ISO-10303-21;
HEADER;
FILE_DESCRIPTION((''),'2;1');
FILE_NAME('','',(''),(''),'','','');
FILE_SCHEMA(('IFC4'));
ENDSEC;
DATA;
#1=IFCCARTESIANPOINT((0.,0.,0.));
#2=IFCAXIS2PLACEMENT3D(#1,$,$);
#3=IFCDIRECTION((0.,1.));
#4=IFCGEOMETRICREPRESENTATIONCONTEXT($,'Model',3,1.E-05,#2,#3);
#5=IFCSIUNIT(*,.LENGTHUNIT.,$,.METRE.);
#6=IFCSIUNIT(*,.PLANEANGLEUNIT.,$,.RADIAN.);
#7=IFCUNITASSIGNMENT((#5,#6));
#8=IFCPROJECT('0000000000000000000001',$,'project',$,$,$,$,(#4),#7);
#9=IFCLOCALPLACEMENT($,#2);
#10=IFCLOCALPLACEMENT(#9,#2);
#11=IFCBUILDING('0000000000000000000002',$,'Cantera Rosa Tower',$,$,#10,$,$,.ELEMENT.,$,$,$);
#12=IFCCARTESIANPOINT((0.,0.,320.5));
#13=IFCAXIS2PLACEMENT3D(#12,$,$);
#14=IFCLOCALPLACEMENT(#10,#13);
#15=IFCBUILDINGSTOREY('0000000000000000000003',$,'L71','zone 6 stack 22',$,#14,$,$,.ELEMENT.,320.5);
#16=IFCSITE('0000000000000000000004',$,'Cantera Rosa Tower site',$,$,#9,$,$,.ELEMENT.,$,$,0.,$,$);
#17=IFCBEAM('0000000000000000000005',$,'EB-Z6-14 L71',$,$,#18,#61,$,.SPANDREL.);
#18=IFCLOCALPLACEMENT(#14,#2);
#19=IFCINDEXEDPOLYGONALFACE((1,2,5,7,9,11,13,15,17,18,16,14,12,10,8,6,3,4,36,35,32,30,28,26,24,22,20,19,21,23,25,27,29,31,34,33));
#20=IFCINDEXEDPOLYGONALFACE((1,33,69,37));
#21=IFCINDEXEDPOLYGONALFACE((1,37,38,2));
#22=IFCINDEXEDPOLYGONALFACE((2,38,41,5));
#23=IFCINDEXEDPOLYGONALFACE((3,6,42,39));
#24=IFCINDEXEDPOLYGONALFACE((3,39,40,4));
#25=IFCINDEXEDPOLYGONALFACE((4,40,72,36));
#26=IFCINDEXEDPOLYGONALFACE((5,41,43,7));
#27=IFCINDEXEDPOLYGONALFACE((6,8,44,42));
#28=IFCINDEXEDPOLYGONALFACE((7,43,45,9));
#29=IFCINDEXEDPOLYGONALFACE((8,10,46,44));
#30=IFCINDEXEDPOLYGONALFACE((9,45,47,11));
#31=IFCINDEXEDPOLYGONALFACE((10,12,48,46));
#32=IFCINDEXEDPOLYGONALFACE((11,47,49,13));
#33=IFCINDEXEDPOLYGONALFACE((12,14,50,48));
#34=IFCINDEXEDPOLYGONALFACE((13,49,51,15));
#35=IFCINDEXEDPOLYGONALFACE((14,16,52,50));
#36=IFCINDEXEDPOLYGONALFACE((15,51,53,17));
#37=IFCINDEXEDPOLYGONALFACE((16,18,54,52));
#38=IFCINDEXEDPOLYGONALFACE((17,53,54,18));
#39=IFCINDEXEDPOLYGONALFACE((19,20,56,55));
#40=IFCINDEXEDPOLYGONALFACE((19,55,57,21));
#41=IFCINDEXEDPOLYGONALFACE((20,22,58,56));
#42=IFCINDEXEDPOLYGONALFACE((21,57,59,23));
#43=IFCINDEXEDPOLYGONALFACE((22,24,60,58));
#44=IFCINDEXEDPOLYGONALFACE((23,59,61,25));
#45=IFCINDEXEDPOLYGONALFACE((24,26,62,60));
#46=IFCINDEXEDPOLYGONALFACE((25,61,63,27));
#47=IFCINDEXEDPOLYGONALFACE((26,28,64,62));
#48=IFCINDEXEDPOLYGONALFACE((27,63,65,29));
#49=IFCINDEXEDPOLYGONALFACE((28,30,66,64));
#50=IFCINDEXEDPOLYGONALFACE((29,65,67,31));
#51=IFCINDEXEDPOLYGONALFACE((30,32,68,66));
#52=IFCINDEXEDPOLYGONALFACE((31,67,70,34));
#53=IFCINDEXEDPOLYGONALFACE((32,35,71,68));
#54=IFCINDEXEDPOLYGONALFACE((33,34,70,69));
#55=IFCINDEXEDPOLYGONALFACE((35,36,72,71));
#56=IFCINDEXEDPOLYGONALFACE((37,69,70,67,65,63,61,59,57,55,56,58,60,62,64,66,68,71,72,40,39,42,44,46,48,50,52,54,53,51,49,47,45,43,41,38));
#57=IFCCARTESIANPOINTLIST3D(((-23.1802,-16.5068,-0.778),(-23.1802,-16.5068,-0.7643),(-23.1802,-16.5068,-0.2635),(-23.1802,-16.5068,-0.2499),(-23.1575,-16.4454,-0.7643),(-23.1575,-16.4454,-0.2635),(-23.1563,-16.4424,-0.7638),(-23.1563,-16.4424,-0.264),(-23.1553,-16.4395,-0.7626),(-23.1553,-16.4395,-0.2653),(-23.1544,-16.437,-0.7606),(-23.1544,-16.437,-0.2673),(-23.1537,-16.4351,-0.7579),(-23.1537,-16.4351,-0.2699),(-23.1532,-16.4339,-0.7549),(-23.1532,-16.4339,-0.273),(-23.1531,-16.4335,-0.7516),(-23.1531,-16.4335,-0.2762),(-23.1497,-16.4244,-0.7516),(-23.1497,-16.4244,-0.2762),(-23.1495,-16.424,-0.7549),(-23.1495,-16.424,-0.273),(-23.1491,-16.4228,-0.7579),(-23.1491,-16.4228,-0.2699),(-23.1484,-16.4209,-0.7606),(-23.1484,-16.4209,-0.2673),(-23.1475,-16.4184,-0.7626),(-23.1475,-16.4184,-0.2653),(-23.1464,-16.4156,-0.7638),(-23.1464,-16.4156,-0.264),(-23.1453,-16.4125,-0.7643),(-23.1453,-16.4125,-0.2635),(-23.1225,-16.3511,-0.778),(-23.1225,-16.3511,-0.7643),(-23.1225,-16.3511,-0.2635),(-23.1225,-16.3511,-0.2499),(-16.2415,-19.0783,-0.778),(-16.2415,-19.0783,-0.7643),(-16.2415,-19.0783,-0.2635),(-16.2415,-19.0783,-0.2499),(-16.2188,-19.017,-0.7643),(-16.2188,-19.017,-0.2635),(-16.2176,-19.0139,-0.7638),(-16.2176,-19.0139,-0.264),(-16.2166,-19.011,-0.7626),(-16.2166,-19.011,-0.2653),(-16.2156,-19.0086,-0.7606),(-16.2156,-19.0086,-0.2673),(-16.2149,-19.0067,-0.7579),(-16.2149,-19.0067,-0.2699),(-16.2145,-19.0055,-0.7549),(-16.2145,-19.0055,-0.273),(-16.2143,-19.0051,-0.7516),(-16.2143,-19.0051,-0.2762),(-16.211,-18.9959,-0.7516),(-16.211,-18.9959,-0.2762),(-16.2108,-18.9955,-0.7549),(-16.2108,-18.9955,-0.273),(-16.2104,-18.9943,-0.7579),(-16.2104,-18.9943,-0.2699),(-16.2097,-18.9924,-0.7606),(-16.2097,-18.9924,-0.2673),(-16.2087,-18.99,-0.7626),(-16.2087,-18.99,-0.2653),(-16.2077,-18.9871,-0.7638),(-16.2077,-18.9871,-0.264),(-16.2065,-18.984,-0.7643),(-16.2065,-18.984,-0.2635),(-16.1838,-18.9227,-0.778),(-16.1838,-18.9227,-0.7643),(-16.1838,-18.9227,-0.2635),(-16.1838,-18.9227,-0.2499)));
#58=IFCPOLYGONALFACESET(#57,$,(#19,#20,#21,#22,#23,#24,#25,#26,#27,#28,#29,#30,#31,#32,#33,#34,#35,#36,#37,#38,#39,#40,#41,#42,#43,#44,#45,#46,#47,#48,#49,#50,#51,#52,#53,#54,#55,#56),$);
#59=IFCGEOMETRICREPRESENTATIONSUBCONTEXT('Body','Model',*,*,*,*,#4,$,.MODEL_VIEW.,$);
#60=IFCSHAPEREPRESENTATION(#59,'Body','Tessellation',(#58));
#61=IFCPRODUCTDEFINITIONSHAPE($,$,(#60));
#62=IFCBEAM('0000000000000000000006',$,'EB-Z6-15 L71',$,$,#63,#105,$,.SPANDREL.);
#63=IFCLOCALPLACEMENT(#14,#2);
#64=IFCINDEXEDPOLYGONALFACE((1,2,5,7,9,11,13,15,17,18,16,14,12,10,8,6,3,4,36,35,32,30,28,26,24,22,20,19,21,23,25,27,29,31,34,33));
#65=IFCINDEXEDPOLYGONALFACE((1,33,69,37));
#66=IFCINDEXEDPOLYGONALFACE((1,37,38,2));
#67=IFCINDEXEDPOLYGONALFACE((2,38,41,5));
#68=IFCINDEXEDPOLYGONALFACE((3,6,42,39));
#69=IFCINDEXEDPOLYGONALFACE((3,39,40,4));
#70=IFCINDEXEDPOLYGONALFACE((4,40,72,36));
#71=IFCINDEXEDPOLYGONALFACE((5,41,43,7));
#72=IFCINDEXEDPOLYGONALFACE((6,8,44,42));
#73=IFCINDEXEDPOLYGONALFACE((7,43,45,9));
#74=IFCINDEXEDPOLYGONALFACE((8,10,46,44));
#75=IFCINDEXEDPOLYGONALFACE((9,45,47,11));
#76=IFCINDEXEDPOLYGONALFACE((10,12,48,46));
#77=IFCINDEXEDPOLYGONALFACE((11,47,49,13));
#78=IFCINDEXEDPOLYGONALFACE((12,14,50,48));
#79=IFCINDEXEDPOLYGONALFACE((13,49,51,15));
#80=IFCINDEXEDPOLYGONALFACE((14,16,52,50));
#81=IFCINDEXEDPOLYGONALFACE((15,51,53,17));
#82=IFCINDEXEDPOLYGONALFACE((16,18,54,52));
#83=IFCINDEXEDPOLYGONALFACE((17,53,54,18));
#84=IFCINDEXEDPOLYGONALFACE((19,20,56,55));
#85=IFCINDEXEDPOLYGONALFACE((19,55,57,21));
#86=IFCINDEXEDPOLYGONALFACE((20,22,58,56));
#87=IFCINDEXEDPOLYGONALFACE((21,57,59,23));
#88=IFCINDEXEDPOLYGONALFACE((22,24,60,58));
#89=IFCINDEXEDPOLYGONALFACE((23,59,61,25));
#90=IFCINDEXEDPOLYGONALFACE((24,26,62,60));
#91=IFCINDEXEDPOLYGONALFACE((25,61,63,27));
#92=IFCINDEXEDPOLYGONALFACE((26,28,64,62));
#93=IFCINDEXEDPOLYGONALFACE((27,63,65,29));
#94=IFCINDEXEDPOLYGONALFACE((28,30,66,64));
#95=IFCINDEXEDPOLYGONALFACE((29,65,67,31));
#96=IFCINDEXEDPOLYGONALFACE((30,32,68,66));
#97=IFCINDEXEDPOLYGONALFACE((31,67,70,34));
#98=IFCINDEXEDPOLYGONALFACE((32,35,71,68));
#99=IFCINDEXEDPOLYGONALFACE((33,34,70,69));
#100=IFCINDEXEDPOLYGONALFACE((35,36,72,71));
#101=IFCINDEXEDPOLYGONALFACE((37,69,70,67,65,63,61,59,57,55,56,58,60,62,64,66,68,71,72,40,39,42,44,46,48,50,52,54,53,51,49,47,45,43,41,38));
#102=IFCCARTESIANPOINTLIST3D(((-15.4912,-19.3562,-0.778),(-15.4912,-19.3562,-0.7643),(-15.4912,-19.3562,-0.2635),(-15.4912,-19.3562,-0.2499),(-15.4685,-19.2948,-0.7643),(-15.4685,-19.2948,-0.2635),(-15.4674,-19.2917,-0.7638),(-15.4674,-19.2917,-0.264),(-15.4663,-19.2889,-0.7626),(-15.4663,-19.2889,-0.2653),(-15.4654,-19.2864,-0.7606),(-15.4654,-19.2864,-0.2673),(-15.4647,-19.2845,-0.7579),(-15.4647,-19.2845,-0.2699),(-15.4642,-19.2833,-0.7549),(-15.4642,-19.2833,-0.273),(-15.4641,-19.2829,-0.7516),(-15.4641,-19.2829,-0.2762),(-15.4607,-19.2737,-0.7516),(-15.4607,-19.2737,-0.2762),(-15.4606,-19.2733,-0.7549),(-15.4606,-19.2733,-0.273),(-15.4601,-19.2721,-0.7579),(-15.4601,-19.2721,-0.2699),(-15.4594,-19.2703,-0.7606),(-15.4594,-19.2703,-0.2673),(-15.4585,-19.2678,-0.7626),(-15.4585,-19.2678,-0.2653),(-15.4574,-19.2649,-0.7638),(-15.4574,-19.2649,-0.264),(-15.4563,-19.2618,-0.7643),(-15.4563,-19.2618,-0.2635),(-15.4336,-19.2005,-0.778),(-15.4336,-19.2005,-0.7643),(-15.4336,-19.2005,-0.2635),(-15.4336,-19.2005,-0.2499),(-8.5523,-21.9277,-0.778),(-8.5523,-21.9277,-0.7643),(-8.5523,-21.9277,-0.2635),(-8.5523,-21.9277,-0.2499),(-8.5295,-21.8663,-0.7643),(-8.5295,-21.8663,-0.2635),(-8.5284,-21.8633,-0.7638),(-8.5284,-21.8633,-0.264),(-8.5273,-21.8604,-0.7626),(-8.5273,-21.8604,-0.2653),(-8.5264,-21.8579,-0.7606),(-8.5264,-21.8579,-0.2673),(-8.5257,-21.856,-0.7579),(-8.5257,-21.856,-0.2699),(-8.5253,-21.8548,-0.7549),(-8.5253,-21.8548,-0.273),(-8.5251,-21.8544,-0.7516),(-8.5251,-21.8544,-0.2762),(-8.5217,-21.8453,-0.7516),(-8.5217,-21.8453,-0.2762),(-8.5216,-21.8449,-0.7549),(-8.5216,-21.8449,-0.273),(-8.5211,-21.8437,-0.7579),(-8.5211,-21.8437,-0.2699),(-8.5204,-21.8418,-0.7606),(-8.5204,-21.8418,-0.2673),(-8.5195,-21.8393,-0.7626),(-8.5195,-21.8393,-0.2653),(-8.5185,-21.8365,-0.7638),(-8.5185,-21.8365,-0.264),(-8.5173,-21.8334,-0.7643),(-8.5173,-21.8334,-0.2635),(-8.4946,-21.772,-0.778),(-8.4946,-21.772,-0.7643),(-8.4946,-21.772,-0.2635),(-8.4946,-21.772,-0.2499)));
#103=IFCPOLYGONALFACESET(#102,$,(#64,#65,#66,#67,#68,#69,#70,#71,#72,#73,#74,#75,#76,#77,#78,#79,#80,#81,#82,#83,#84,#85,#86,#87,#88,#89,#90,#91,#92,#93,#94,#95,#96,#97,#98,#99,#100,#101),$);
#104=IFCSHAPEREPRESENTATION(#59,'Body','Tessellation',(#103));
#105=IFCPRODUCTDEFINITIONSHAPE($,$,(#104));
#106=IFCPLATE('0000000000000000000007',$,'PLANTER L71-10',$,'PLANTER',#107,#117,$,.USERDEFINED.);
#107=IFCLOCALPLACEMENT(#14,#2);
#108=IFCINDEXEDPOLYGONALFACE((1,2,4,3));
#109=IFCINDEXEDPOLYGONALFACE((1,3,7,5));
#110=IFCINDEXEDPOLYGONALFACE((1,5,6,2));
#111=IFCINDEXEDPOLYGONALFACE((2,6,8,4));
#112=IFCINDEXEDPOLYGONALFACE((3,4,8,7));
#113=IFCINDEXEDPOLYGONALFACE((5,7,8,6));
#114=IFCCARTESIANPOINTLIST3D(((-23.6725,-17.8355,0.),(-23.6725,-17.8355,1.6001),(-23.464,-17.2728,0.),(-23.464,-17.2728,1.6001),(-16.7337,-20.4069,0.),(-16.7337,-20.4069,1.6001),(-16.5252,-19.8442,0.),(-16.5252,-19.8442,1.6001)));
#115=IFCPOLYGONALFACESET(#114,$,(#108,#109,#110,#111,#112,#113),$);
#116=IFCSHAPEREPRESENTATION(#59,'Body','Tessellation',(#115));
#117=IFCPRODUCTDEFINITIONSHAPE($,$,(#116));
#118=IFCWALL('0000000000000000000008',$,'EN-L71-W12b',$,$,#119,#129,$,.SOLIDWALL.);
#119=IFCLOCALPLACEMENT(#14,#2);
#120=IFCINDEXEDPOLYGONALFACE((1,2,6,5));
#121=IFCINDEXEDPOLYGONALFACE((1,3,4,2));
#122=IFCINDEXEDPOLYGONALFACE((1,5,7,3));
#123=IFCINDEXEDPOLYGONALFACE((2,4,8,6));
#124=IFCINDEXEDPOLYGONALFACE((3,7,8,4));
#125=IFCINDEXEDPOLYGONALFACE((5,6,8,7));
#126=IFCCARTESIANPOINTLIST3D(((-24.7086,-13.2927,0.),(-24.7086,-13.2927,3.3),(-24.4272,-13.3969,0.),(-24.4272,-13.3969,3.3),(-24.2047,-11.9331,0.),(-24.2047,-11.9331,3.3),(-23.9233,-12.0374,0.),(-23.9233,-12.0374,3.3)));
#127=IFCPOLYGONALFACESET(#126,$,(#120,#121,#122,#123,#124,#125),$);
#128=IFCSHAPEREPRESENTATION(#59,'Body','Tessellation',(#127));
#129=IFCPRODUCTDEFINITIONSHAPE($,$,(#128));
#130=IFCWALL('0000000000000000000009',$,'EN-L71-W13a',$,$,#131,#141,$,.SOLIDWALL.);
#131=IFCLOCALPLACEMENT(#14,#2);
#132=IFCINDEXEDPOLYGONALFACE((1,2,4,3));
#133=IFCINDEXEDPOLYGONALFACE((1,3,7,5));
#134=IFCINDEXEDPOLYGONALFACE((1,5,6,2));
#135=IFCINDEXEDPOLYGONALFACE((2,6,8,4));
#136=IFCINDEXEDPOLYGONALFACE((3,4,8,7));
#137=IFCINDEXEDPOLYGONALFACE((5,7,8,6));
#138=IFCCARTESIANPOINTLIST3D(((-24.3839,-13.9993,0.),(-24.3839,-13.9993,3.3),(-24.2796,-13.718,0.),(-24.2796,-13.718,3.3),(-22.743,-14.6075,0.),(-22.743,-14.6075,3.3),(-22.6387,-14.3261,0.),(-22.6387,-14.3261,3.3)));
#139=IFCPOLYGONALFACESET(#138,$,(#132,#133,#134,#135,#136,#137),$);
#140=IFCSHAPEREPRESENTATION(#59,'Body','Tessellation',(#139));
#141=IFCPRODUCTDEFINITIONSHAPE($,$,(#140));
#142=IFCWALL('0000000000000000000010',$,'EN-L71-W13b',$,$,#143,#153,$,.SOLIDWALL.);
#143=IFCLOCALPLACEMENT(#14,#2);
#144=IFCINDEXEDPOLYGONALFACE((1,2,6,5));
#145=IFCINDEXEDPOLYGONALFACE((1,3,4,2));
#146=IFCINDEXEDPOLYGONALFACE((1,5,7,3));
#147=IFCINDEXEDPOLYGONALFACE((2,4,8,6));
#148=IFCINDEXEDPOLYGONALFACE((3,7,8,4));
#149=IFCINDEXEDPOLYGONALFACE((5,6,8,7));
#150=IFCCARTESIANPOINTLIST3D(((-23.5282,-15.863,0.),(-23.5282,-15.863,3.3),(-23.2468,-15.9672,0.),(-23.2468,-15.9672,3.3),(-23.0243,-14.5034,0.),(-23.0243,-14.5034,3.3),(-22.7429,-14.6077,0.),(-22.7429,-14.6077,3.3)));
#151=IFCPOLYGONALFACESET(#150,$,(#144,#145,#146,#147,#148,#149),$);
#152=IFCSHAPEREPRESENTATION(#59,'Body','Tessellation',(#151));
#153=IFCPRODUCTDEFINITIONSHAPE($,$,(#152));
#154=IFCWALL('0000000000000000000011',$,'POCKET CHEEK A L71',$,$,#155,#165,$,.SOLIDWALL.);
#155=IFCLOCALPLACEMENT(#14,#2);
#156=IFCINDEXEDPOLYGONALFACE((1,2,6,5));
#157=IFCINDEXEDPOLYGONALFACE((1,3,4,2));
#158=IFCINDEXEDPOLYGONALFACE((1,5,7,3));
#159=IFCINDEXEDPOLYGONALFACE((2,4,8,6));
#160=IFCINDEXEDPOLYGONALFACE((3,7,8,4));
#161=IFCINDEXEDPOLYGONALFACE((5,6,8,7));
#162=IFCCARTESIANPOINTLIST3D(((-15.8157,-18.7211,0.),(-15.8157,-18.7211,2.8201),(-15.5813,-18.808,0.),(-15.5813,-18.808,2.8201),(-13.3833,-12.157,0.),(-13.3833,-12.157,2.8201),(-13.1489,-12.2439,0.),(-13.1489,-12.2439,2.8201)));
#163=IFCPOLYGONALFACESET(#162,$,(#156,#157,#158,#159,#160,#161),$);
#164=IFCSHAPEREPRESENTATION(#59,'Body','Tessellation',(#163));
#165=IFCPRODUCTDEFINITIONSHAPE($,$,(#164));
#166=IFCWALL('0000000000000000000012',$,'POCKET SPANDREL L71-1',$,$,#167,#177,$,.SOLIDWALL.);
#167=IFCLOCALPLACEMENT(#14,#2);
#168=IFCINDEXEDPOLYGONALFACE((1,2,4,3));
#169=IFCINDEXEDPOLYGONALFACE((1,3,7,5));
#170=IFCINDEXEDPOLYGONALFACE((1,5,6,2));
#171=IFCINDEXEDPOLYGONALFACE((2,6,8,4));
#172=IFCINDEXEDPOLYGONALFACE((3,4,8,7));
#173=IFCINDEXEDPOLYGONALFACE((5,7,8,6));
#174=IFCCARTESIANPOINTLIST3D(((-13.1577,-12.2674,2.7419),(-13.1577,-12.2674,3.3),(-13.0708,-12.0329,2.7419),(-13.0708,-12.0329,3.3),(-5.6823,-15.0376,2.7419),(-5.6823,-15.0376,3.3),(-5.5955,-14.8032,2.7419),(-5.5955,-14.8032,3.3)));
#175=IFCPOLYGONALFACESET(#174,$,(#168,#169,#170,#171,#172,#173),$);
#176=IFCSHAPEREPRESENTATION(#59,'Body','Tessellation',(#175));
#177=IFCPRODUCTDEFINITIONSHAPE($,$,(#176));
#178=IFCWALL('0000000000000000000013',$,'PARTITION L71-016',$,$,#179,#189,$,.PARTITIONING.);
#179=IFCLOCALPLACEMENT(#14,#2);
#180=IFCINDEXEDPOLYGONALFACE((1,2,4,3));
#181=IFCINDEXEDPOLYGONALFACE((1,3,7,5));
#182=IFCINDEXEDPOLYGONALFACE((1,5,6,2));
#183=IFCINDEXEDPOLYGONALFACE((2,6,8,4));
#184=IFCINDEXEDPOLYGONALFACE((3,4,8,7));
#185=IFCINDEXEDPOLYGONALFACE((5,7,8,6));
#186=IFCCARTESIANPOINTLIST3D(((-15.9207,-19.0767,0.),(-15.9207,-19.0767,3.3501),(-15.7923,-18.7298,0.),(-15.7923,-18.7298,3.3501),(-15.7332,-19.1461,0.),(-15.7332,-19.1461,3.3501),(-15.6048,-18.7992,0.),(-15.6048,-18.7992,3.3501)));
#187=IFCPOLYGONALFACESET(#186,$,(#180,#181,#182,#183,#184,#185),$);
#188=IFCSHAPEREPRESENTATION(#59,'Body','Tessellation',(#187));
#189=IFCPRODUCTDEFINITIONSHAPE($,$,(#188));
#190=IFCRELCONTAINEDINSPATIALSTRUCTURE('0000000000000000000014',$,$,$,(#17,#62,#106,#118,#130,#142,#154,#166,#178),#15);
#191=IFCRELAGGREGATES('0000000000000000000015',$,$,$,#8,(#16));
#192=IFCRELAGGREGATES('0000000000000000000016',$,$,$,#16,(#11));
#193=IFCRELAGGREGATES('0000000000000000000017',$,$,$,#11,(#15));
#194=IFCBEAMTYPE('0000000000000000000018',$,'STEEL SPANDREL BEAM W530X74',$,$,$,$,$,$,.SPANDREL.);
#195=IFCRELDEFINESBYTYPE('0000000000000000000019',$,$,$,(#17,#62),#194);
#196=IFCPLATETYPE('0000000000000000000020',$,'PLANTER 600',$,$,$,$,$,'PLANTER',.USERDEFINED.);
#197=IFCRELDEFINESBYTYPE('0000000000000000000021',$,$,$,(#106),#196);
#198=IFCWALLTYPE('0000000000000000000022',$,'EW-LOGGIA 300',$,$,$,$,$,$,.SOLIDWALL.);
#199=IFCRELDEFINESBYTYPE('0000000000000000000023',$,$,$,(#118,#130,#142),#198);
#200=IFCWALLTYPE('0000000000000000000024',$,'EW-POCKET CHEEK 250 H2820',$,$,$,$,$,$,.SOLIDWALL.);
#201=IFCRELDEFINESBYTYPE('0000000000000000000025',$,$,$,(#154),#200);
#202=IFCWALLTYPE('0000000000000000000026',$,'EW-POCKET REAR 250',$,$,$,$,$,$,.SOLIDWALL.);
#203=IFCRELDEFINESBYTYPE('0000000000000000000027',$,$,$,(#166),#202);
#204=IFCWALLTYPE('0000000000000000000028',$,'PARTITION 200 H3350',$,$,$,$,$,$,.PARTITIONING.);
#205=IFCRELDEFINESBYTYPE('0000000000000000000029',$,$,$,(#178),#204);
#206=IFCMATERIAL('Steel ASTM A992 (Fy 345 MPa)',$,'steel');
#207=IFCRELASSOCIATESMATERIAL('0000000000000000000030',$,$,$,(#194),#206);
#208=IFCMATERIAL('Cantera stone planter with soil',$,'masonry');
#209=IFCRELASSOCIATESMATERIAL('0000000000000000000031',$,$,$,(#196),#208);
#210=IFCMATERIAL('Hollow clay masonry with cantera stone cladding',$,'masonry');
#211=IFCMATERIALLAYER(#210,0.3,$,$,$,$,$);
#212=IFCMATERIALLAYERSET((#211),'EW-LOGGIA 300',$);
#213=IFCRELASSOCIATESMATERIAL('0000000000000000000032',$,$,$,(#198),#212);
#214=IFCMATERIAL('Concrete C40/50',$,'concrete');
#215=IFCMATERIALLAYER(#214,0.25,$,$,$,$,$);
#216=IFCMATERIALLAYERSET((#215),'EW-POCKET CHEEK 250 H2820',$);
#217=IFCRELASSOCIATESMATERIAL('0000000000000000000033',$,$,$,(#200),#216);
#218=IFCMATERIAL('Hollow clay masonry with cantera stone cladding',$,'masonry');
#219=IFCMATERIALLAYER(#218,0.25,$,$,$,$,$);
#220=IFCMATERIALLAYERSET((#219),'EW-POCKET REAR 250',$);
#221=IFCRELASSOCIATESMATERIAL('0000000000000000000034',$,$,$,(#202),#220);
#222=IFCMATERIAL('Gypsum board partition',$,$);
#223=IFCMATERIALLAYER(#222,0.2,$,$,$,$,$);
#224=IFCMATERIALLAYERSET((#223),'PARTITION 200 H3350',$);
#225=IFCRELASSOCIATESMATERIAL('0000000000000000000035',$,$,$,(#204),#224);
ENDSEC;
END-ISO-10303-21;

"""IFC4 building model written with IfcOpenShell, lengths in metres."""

from ifc_helpers import new_model, si_unit, direction, frame, frame_2d, origin, origin_2d, place, context, subcontext, project, spatial, rectangle, i_section, extrude, material, layer, layer_set, material_profile, profile_set, type_object, element, save


model = new_model("IFC4")

# Units and contexts
model_context = context("Model", 3, precision=1e-05, world=origin(), true_north=direction((0.0, 1.0)))
body_context = subcontext(model_context, "Body", "Model", "MODEL_VIEW")
ifc_project = project(units=[si_unit("LENGTHUNIT", "METRE"), si_unit("PLANEANGLEUNIT", "RADIAN")], contexts=[model_context])

# Site, building, storey
site_placement = place(None, origin())
site = spatial("IfcSite", under=ifc_project, at=site_placement, Name="Cantera Rosa Tower site", CompositionType="ELEMENT", RefElevation=0.0)
building_placement = place(site_placement, origin())
building = spatial("IfcBuilding", under=site, at=building_placement, Name="Cantera Rosa Tower", CompositionType="ELEMENT")
storey_placement = place(building_placement, frame((0.0, 0.0, 320.5)))
storey = spatial("IfcBuildingStorey", under=building, at=storey_placement, Name="L71", Description="zone 6 stack 22", CompositionType="ELEMENT", Elevation=320.5)

# Beams
ifc_material_1 = material(Name="Steel ASTM A992 (Fy 345 MPa)", Category="steel")
ifc_material_profile_1 = material_profile(ifc_material_1, i_section(OverallWidth=0.166, OverallDepth=0.5281, WebThickness=0.0098, FlangeThickness=0.0137, FilletRadius=0.0127, at=origin_2d()), Name="W530X74")
ifc_profile_set_1 = profile_set([ifc_material_profile_1], Name="Steel ASTM A992 (Fy 345 MPa)")
beam_type_1 = type_object("IfcBeamType", Name="STEEL SPANDREL BEAM W530X74", PredefinedType="SPANDREL", material=ifc_profile_set_1)
beam_1_placement = place(storey_placement, frame((-23.1514, -16.429, -0.5139), z_axis=(0.937677, -0.347509, 0.0), x_axis=(0.347509, 0.937677, 0.0)))
element("IfcBeam", 1, at=beam_1_placement, inside=storey, type_object=beam_type_1, Name="EB-Z6-14 L71", PredefinedType="SPANDREL", context=body_context, shape_type="SweptSolid", body=[
    extrude(i_section(OverallWidth=0.166, OverallDepth=0.5281, WebThickness=0.0098, FlangeThickness=0.0137, FilletRadius=0.0127, at=origin_2d()), origin(), (0.0, 0.0, 1.0), 7.3999),
])
beam_2_placement = place(storey_placement, frame((-15.4624, -19.2783, -0.5139), z_axis=(0.937681, -0.347498, 0.0), x_axis=(0.347498, 0.937681, 0.0)))
element("IfcBeam", 2, at=beam_2_placement, inside=storey, type_object=beam_type_1, Name="EB-Z6-15 L71", PredefinedType="SPANDREL", context=body_context, shape_type="SweptSolid", body=[
    extrude(i_section(OverallWidth=0.166, OverallDepth=0.5281, WebThickness=0.0098, FlangeThickness=0.0137, FilletRadius=0.0127, at=origin_2d()), origin(), (0.0, 0.0, 1.0), 7.4001),
])

# Plate
ifc_material_2 = material(Name="Cantera stone planter with soil", Category="masonry")
plate_type = type_object("IfcPlateType", Name="PLANTER 600", ElementType="PLANTER", PredefinedType="USERDEFINED", material=ifc_material_2)
plate_placement = place(storey_placement, frame((-20.0989, -18.8398, 0.0), z_axis=(0.0, 0.0, 1.0), x_axis=(0.937687, -0.347481, 0.0)))
element("IfcPlate", 3, at=plate_placement, inside=storey, type_object=plate_type, Name="PLANTER L71-10", ObjectType="PLANTER", PredefinedType="USERDEFINED", context=body_context, shape_type="SweptSolid", body=[
    extrude(rectangle(XDim=7.3999, YDim=0.6001, at=origin_2d()), origin(), (0.0, 0.0, 1.0), 1.6001),
])

# Walls
ifc_material_3 = material(Name="Hollow clay masonry with cantera stone cladding", Category="masonry")
ifc_layer_1 = layer(ifc_material_3, 0.3)
ifc_layer_set_1 = layer_set([ifc_layer_1], Name="EW-LOGGIA 300")
wall_type_1 = type_object("IfcWallType", Name="EW-LOGGIA 300", PredefinedType="SOLIDWALL", material=ifc_layer_set_1)
wall_1_placement = place(storey_placement, frame((-24.064, -11.9851, 0.0), z_axis=(0.0, 0.0, 1.0), x_axis=(-0.347523, -0.937672, 0.0)))
element("IfcWall", 4, at=wall_1_placement, inside=storey, type_object=wall_type_1, Name="EN-L71-W12b", PredefinedType="SOLIDWALL", context=body_context, shape_type="SweptSolid", body=[
    extrude(rectangle(XDim=1.45, YDim=0.3, at=frame_2d((0.7251, 0.0))), origin(), (0.0, 0.0, 1.0), 3.3),
])
wall_2_placement = place(storey_placement, frame((-24.3318, -13.8586, 0.0), z_axis=(0.0, 0.0, 1.0), x_axis=(0.93767, -0.347528, 0.0)))
element("IfcWall", 5, at=wall_2_placement, inside=storey, type_object=wall_type_1, Name="EN-L71-W13a", PredefinedType="SOLIDWALL", context=body_context, shape_type="SweptSolid", body=[
    extrude(rectangle(XDim=1.75, YDim=0.3, at=frame_2d((0.875, 0.0))), origin(), (0.0, 0.0, 1.0), 3.3),
])
wall_3_placement = place(storey_placement, frame((-22.8835, -14.5554, 0.0), z_axis=(0.0, 0.0, 1.0), x_axis=(-0.347523, -0.937672, 0.0)))
element("IfcWall", 6, at=wall_3_placement, inside=storey, type_object=wall_type_1, Name="EN-L71-W13b", PredefinedType="SOLIDWALL", context=body_context, shape_type="SweptSolid", body=[
    extrude(rectangle(XDim=1.45, YDim=0.3, at=frame_2d((0.7251, 0.0))), origin(), (0.0, 0.0, 1.0), 3.3),
])

# Walls
ifc_material_4 = material(Name="Concrete C40/50", Category="concrete")
ifc_layer_2 = layer(ifc_material_4, 0.25)
ifc_layer_set_2 = layer_set([ifc_layer_2], Name="EW-POCKET CHEEK 250 H2820")
wall_type_2 = type_object("IfcWallType", Name="EW-POCKET CHEEK 250 H2820", PredefinedType="SOLIDWALL", material=ifc_layer_set_2)
wall_4_placement = place(storey_placement, frame((-15.6985, -18.7644, 0.0), z_axis=(0.0, 0.0, 1.0), x_axis=(0.347475, 0.937689, 0.0)))
element("IfcWall", 7, at=wall_4_placement, inside=storey, type_object=wall_type_2, Name="POCKET CHEEK A L71", PredefinedType="SOLIDWALL", context=body_context, shape_type="SweptSolid", body=[
    extrude(rectangle(XDim=7.0002, YDim=0.25, at=frame_2d((3.5, 0.0))), origin(), (0.0, 0.0, 1.0), 2.8201),
])
ifc_material_5 = material(Name="Hollow clay masonry with cantera stone cladding", Category="masonry")
ifc_layer_3 = layer(ifc_material_5, 0.25)
ifc_layer_set_3 = layer_set([ifc_layer_3], Name="EW-POCKET REAR 250")
wall_type_3 = type_object("IfcWallType", Name="EW-POCKET REAR 250", PredefinedType="SOLIDWALL", material=ifc_layer_set_3)
wall_5_placement = place(storey_placement, frame((-13.1143, -12.1501, 2.7419), z_axis=(0.0, 0.0, 1.0), x_axis=(0.937683, -0.347493, 0.0)))
element("IfcWall", 8, at=wall_5_placement, inside=storey, type_object=wall_type_3, Name="POCKET SPANDREL L71-1", PredefinedType="SOLIDWALL", context=body_context, shape_type="SweptSolid", body=[
    extrude(rectangle(XDim=7.9722, YDim=0.25, at=frame_2d((3.9861, 0.0))), origin(), (0.0, 0.0, 1.0), 0.5581),
])
ifc_material_6 = material(Name="Gypsum board partition")
ifc_layer_4 = layer(ifc_material_6, 0.2)
ifc_layer_set_4 = layer_set([ifc_layer_4], Name="PARTITION 200 H3350")
wall_type_4 = type_object("IfcWallType", Name="PARTITION 200 H3350", PredefinedType="PARTITIONING", material=ifc_layer_set_4)
wall_6_placement = place(storey_placement, frame((-15.6985, -18.7644, 0.0), z_axis=(0.0, 0.0, 1.0), x_axis=(-0.347142, -0.937812, 0.0)))
element("IfcWall", 9, at=wall_6_placement, inside=storey, type_object=wall_type_4, Name="PARTITION L71-016", PredefinedType="PARTITIONING", context=body_context, shape_type="SweptSolid", body=[
    extrude(rectangle(XDim=0.3699, YDim=0.2, at=frame_2d((0.1851, 0.0))), origin(), (0.0, 0.0, 1.0), 3.3501),
])

save(model, "model.ifc")
